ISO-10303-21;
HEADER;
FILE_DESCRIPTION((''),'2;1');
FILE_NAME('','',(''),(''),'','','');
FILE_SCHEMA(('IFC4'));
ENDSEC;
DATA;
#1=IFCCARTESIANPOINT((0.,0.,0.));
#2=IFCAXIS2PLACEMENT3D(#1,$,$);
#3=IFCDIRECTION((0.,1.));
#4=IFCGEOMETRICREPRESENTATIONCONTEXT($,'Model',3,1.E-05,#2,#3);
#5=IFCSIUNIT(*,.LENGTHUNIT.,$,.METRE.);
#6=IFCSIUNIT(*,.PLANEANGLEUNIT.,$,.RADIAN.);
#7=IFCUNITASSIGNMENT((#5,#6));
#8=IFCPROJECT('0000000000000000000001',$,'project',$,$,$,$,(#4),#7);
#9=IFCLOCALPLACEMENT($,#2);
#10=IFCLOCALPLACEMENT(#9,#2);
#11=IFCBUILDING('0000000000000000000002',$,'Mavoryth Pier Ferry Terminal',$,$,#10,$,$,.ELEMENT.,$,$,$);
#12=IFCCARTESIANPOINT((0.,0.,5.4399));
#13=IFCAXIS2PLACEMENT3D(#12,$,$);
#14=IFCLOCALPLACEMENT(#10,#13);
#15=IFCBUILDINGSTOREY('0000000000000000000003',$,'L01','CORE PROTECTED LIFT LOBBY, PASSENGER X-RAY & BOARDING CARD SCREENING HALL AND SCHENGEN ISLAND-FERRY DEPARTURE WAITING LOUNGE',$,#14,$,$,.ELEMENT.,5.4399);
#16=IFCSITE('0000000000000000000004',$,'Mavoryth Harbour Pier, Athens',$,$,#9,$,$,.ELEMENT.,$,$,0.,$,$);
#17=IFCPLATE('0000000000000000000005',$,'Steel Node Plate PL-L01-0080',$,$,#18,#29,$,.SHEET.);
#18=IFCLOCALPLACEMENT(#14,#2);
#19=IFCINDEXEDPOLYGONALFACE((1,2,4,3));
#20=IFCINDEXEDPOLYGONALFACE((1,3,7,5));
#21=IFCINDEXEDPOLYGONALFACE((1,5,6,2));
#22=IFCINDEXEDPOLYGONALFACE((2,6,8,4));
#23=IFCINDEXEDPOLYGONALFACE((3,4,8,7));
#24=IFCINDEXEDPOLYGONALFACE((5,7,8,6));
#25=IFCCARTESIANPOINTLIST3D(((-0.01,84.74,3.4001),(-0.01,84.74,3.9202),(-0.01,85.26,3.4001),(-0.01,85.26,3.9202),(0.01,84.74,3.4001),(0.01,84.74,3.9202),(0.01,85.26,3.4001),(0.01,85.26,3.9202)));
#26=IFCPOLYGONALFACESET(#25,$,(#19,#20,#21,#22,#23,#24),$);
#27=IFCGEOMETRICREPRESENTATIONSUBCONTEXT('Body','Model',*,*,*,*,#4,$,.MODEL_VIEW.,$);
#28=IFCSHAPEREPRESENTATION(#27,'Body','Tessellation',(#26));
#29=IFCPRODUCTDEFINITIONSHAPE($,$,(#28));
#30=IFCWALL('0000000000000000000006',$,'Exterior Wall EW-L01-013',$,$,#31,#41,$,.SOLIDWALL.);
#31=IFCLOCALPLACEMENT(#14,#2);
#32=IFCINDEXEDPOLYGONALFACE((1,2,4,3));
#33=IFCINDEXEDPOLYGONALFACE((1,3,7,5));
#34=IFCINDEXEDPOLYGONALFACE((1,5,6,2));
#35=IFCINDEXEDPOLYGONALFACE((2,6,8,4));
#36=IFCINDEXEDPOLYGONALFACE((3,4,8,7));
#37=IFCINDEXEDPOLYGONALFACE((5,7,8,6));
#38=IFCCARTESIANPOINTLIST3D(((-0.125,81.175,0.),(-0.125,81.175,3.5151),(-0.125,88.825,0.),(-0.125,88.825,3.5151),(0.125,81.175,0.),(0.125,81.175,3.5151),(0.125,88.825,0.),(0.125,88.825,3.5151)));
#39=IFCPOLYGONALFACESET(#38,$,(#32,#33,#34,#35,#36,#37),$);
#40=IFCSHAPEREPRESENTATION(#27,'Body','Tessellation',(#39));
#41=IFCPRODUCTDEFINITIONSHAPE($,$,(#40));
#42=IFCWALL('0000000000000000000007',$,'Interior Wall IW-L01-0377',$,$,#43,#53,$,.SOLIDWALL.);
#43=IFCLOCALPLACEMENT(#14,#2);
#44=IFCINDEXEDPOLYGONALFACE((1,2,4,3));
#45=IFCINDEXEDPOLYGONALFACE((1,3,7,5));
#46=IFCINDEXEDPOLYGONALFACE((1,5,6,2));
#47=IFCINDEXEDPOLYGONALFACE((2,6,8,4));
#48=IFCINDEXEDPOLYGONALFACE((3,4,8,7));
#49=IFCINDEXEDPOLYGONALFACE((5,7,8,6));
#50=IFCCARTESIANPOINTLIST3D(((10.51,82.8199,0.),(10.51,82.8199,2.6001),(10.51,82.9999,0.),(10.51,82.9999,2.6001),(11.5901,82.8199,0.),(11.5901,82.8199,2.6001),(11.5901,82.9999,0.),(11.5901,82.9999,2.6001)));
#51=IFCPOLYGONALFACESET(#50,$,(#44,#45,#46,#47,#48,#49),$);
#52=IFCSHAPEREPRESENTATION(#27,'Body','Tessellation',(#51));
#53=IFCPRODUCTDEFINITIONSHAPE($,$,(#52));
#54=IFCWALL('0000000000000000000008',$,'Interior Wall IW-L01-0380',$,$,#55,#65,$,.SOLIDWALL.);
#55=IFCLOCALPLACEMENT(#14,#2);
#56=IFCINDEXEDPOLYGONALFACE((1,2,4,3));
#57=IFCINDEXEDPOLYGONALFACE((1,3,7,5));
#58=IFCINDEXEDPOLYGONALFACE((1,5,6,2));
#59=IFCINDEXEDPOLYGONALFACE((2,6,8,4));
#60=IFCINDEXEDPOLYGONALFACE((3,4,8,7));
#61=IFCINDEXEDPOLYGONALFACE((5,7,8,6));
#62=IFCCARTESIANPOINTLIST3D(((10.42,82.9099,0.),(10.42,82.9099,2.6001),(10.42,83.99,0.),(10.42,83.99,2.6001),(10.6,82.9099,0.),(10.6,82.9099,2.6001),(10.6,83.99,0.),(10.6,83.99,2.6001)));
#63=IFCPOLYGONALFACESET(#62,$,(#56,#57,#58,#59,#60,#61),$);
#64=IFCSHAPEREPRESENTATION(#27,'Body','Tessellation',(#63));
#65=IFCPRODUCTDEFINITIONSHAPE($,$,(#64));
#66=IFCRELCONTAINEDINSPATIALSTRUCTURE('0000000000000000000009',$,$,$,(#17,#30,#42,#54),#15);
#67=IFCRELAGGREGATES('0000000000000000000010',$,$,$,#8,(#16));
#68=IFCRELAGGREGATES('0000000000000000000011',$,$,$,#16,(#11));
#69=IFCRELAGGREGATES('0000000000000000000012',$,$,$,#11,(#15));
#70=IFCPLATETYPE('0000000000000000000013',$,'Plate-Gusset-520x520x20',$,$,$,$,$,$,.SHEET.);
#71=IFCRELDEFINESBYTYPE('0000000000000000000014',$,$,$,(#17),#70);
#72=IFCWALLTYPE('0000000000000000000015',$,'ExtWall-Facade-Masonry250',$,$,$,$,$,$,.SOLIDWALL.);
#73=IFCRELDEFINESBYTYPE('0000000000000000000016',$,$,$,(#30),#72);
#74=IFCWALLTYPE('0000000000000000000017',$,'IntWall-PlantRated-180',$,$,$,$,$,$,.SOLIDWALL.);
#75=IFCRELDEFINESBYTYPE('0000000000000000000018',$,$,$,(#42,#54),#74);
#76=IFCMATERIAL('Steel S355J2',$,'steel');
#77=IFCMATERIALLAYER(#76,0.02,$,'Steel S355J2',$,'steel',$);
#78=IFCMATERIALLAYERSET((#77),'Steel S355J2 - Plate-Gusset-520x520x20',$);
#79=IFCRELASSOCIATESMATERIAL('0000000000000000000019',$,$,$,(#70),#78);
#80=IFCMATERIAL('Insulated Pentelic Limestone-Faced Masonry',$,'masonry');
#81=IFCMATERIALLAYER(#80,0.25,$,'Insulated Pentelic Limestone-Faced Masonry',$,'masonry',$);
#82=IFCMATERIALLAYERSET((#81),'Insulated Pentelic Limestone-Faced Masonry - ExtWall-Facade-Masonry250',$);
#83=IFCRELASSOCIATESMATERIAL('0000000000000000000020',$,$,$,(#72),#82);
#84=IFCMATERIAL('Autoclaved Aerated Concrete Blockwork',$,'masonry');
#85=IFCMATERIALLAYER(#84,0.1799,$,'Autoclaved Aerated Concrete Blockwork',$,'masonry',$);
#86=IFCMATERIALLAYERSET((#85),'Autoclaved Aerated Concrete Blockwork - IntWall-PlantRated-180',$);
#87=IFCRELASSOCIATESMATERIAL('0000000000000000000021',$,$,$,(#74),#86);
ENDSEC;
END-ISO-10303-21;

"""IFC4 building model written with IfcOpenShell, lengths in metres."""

from ifc_helpers import new_model, si_unit, direction, frame, frame_2d, origin, origin_2d, place, context, subcontext, project, spatial, rectangle, extrude, material, layer, layer_set, type_object, element, save


model = new_model("IFC4")

# Units and contexts
model_context = context("Model", 3, precision=1e-05, world=origin(), true_north=direction((0.0, 1.0)))
body_context = subcontext(model_context, "Body", "Model", "MODEL_VIEW")
ifc_project = project(units=[si_unit("LENGTHUNIT", "METRE"), si_unit("PLANEANGLEUNIT", "RADIAN")], contexts=[model_context])

# Site, building, storey
site_placement = place(None, origin())
site = spatial("IfcSite", under=ifc_project, at=site_placement, Name="Mavoryth Harbour Pier, Athens", CompositionType="ELEMENT", RefElevation=0.0)
building_placement = place(site_placement, origin())
building = spatial("IfcBuilding", under=site, at=building_placement, Name="Mavoryth Pier Ferry Terminal", CompositionType="ELEMENT")
storey_placement = place(building_placement, frame((0.0, 0.0, 5.4399)))
storey = spatial("IfcBuildingStorey", under=building, at=storey_placement, Name="L01", Description="CORE PROTECTED LIFT LOBBY, PASSENGER X-RAY & BOARDING CARD SCREENING HALL AND SCHENGEN ISLAND-FERRY DEPARTURE WAITING LOUNGE", CompositionType="ELEMENT", Elevation=5.4399)

# Shared definitions
ifc_material_1 = material(Name="Steel S355J2", Category="steel")

# Plate
ifc_layer_1 = layer(ifc_material_1, 0.02, Name="Steel S355J2", Category="steel")
ifc_layer_set_1 = layer_set([ifc_layer_1], Name="Steel S355J2 - Plate-Gusset-520x520x20")
plate_type_1 = type_object("IfcPlateType", Name="Plate-Gusset-520x520x20", PredefinedType="SHEET", material=ifc_layer_set_1)
plate_1_placement = place(storey_placement, frame((0.0, 85.0, 3.4001), z_axis=(0.0, 0.0, 1.0), x_axis=(0.0, 1.0, 0.0)))
element("IfcPlate", 1, at=plate_1_placement, inside=storey, type_object=plate_type_1, Name="Steel Node Plate PL-L01-0080", PredefinedType="SHEET", context=body_context, shape_type="SweptSolid", body=[
    extrude(rectangle(XDim=0.52, YDim=0.02, at=origin_2d()), origin(), (0.0, 0.0, 1.0), 0.52),
])

# Walls
ifc_material_2 = material(Name="Insulated Pentelic Limestone-Faced Masonry", Category="masonry")
ifc_layer_2 = layer(ifc_material_2, 0.25, Name="Insulated Pentelic Limestone-Faced Masonry", Category="masonry")
ifc_layer_set_2 = layer_set([ifc_layer_2], Name="Insulated Pentelic Limestone-Faced Masonry - ExtWall-Facade-Masonry250")
wall_type_1 = type_object("IfcWallType", Name="ExtWall-Facade-Masonry250", PredefinedType="SOLIDWALL", material=ifc_layer_set_2)
wall_placement = place(storey_placement, frame((0.0, 88.825, 0.0), z_axis=(0.0, 0.0, 1.0), x_axis=(0.0, -1.0, 0.0)))
element("IfcWall", 2, at=wall_placement, inside=storey, type_object=wall_type_1, Name="Exterior Wall EW-L01-013", PredefinedType="SOLIDWALL", context=body_context, shape_type="SweptSolid", body=[
    extrude(rectangle(XDim=7.6499, YDim=0.25, at=frame_2d((3.825, 0.0))), origin(), (0.0, 0.0, 1.0), 3.5151),
])
ifc_material_3 = material(Name="Autoclaved Aerated Concrete Blockwork", Category="masonry")
ifc_layer_3 = layer(ifc_material_3, 0.1799, Name="Autoclaved Aerated Concrete Blockwork", Category="masonry")
ifc_layer_set_3 = layer_set([ifc_layer_3], Name="Autoclaved Aerated Concrete Blockwork - IntWall-PlantRated-180")
wall_type_2 = type_object("IfcWallType", Name="IntWall-PlantRated-180", PredefinedType="SOLIDWALL", material=ifc_layer_set_3)
for number, where, z_axis, x_axis, name in (
    (3, (10.51, 82.9099, 0.0), (0.0, 0.0, 1.0), (1.0, 0.0, 0.0), "Interior Wall IW-L01-0377"),
    (4, (10.51, 83.99, 0.0), (0.0, 0.0, 1.0), (0.0, -1.0, 0.0), "Interior Wall IW-L01-0380"),
):
    element("IfcWall", number, at=place(storey_placement, frame(where, z_axis=z_axis, x_axis=x_axis)), inside=storey, type_object=wall_type_2, Name=name, PredefinedType="SOLIDWALL", context=body_context, shape_type="SweptSolid", body=[
        extrude(rectangle(XDim=1.0801, YDim=0.1799, at=frame_2d((0.54, 0.0))), origin(), (0.0, 0.0, 1.0), 2.6001),
    ])

save(model, "model.ifc")
